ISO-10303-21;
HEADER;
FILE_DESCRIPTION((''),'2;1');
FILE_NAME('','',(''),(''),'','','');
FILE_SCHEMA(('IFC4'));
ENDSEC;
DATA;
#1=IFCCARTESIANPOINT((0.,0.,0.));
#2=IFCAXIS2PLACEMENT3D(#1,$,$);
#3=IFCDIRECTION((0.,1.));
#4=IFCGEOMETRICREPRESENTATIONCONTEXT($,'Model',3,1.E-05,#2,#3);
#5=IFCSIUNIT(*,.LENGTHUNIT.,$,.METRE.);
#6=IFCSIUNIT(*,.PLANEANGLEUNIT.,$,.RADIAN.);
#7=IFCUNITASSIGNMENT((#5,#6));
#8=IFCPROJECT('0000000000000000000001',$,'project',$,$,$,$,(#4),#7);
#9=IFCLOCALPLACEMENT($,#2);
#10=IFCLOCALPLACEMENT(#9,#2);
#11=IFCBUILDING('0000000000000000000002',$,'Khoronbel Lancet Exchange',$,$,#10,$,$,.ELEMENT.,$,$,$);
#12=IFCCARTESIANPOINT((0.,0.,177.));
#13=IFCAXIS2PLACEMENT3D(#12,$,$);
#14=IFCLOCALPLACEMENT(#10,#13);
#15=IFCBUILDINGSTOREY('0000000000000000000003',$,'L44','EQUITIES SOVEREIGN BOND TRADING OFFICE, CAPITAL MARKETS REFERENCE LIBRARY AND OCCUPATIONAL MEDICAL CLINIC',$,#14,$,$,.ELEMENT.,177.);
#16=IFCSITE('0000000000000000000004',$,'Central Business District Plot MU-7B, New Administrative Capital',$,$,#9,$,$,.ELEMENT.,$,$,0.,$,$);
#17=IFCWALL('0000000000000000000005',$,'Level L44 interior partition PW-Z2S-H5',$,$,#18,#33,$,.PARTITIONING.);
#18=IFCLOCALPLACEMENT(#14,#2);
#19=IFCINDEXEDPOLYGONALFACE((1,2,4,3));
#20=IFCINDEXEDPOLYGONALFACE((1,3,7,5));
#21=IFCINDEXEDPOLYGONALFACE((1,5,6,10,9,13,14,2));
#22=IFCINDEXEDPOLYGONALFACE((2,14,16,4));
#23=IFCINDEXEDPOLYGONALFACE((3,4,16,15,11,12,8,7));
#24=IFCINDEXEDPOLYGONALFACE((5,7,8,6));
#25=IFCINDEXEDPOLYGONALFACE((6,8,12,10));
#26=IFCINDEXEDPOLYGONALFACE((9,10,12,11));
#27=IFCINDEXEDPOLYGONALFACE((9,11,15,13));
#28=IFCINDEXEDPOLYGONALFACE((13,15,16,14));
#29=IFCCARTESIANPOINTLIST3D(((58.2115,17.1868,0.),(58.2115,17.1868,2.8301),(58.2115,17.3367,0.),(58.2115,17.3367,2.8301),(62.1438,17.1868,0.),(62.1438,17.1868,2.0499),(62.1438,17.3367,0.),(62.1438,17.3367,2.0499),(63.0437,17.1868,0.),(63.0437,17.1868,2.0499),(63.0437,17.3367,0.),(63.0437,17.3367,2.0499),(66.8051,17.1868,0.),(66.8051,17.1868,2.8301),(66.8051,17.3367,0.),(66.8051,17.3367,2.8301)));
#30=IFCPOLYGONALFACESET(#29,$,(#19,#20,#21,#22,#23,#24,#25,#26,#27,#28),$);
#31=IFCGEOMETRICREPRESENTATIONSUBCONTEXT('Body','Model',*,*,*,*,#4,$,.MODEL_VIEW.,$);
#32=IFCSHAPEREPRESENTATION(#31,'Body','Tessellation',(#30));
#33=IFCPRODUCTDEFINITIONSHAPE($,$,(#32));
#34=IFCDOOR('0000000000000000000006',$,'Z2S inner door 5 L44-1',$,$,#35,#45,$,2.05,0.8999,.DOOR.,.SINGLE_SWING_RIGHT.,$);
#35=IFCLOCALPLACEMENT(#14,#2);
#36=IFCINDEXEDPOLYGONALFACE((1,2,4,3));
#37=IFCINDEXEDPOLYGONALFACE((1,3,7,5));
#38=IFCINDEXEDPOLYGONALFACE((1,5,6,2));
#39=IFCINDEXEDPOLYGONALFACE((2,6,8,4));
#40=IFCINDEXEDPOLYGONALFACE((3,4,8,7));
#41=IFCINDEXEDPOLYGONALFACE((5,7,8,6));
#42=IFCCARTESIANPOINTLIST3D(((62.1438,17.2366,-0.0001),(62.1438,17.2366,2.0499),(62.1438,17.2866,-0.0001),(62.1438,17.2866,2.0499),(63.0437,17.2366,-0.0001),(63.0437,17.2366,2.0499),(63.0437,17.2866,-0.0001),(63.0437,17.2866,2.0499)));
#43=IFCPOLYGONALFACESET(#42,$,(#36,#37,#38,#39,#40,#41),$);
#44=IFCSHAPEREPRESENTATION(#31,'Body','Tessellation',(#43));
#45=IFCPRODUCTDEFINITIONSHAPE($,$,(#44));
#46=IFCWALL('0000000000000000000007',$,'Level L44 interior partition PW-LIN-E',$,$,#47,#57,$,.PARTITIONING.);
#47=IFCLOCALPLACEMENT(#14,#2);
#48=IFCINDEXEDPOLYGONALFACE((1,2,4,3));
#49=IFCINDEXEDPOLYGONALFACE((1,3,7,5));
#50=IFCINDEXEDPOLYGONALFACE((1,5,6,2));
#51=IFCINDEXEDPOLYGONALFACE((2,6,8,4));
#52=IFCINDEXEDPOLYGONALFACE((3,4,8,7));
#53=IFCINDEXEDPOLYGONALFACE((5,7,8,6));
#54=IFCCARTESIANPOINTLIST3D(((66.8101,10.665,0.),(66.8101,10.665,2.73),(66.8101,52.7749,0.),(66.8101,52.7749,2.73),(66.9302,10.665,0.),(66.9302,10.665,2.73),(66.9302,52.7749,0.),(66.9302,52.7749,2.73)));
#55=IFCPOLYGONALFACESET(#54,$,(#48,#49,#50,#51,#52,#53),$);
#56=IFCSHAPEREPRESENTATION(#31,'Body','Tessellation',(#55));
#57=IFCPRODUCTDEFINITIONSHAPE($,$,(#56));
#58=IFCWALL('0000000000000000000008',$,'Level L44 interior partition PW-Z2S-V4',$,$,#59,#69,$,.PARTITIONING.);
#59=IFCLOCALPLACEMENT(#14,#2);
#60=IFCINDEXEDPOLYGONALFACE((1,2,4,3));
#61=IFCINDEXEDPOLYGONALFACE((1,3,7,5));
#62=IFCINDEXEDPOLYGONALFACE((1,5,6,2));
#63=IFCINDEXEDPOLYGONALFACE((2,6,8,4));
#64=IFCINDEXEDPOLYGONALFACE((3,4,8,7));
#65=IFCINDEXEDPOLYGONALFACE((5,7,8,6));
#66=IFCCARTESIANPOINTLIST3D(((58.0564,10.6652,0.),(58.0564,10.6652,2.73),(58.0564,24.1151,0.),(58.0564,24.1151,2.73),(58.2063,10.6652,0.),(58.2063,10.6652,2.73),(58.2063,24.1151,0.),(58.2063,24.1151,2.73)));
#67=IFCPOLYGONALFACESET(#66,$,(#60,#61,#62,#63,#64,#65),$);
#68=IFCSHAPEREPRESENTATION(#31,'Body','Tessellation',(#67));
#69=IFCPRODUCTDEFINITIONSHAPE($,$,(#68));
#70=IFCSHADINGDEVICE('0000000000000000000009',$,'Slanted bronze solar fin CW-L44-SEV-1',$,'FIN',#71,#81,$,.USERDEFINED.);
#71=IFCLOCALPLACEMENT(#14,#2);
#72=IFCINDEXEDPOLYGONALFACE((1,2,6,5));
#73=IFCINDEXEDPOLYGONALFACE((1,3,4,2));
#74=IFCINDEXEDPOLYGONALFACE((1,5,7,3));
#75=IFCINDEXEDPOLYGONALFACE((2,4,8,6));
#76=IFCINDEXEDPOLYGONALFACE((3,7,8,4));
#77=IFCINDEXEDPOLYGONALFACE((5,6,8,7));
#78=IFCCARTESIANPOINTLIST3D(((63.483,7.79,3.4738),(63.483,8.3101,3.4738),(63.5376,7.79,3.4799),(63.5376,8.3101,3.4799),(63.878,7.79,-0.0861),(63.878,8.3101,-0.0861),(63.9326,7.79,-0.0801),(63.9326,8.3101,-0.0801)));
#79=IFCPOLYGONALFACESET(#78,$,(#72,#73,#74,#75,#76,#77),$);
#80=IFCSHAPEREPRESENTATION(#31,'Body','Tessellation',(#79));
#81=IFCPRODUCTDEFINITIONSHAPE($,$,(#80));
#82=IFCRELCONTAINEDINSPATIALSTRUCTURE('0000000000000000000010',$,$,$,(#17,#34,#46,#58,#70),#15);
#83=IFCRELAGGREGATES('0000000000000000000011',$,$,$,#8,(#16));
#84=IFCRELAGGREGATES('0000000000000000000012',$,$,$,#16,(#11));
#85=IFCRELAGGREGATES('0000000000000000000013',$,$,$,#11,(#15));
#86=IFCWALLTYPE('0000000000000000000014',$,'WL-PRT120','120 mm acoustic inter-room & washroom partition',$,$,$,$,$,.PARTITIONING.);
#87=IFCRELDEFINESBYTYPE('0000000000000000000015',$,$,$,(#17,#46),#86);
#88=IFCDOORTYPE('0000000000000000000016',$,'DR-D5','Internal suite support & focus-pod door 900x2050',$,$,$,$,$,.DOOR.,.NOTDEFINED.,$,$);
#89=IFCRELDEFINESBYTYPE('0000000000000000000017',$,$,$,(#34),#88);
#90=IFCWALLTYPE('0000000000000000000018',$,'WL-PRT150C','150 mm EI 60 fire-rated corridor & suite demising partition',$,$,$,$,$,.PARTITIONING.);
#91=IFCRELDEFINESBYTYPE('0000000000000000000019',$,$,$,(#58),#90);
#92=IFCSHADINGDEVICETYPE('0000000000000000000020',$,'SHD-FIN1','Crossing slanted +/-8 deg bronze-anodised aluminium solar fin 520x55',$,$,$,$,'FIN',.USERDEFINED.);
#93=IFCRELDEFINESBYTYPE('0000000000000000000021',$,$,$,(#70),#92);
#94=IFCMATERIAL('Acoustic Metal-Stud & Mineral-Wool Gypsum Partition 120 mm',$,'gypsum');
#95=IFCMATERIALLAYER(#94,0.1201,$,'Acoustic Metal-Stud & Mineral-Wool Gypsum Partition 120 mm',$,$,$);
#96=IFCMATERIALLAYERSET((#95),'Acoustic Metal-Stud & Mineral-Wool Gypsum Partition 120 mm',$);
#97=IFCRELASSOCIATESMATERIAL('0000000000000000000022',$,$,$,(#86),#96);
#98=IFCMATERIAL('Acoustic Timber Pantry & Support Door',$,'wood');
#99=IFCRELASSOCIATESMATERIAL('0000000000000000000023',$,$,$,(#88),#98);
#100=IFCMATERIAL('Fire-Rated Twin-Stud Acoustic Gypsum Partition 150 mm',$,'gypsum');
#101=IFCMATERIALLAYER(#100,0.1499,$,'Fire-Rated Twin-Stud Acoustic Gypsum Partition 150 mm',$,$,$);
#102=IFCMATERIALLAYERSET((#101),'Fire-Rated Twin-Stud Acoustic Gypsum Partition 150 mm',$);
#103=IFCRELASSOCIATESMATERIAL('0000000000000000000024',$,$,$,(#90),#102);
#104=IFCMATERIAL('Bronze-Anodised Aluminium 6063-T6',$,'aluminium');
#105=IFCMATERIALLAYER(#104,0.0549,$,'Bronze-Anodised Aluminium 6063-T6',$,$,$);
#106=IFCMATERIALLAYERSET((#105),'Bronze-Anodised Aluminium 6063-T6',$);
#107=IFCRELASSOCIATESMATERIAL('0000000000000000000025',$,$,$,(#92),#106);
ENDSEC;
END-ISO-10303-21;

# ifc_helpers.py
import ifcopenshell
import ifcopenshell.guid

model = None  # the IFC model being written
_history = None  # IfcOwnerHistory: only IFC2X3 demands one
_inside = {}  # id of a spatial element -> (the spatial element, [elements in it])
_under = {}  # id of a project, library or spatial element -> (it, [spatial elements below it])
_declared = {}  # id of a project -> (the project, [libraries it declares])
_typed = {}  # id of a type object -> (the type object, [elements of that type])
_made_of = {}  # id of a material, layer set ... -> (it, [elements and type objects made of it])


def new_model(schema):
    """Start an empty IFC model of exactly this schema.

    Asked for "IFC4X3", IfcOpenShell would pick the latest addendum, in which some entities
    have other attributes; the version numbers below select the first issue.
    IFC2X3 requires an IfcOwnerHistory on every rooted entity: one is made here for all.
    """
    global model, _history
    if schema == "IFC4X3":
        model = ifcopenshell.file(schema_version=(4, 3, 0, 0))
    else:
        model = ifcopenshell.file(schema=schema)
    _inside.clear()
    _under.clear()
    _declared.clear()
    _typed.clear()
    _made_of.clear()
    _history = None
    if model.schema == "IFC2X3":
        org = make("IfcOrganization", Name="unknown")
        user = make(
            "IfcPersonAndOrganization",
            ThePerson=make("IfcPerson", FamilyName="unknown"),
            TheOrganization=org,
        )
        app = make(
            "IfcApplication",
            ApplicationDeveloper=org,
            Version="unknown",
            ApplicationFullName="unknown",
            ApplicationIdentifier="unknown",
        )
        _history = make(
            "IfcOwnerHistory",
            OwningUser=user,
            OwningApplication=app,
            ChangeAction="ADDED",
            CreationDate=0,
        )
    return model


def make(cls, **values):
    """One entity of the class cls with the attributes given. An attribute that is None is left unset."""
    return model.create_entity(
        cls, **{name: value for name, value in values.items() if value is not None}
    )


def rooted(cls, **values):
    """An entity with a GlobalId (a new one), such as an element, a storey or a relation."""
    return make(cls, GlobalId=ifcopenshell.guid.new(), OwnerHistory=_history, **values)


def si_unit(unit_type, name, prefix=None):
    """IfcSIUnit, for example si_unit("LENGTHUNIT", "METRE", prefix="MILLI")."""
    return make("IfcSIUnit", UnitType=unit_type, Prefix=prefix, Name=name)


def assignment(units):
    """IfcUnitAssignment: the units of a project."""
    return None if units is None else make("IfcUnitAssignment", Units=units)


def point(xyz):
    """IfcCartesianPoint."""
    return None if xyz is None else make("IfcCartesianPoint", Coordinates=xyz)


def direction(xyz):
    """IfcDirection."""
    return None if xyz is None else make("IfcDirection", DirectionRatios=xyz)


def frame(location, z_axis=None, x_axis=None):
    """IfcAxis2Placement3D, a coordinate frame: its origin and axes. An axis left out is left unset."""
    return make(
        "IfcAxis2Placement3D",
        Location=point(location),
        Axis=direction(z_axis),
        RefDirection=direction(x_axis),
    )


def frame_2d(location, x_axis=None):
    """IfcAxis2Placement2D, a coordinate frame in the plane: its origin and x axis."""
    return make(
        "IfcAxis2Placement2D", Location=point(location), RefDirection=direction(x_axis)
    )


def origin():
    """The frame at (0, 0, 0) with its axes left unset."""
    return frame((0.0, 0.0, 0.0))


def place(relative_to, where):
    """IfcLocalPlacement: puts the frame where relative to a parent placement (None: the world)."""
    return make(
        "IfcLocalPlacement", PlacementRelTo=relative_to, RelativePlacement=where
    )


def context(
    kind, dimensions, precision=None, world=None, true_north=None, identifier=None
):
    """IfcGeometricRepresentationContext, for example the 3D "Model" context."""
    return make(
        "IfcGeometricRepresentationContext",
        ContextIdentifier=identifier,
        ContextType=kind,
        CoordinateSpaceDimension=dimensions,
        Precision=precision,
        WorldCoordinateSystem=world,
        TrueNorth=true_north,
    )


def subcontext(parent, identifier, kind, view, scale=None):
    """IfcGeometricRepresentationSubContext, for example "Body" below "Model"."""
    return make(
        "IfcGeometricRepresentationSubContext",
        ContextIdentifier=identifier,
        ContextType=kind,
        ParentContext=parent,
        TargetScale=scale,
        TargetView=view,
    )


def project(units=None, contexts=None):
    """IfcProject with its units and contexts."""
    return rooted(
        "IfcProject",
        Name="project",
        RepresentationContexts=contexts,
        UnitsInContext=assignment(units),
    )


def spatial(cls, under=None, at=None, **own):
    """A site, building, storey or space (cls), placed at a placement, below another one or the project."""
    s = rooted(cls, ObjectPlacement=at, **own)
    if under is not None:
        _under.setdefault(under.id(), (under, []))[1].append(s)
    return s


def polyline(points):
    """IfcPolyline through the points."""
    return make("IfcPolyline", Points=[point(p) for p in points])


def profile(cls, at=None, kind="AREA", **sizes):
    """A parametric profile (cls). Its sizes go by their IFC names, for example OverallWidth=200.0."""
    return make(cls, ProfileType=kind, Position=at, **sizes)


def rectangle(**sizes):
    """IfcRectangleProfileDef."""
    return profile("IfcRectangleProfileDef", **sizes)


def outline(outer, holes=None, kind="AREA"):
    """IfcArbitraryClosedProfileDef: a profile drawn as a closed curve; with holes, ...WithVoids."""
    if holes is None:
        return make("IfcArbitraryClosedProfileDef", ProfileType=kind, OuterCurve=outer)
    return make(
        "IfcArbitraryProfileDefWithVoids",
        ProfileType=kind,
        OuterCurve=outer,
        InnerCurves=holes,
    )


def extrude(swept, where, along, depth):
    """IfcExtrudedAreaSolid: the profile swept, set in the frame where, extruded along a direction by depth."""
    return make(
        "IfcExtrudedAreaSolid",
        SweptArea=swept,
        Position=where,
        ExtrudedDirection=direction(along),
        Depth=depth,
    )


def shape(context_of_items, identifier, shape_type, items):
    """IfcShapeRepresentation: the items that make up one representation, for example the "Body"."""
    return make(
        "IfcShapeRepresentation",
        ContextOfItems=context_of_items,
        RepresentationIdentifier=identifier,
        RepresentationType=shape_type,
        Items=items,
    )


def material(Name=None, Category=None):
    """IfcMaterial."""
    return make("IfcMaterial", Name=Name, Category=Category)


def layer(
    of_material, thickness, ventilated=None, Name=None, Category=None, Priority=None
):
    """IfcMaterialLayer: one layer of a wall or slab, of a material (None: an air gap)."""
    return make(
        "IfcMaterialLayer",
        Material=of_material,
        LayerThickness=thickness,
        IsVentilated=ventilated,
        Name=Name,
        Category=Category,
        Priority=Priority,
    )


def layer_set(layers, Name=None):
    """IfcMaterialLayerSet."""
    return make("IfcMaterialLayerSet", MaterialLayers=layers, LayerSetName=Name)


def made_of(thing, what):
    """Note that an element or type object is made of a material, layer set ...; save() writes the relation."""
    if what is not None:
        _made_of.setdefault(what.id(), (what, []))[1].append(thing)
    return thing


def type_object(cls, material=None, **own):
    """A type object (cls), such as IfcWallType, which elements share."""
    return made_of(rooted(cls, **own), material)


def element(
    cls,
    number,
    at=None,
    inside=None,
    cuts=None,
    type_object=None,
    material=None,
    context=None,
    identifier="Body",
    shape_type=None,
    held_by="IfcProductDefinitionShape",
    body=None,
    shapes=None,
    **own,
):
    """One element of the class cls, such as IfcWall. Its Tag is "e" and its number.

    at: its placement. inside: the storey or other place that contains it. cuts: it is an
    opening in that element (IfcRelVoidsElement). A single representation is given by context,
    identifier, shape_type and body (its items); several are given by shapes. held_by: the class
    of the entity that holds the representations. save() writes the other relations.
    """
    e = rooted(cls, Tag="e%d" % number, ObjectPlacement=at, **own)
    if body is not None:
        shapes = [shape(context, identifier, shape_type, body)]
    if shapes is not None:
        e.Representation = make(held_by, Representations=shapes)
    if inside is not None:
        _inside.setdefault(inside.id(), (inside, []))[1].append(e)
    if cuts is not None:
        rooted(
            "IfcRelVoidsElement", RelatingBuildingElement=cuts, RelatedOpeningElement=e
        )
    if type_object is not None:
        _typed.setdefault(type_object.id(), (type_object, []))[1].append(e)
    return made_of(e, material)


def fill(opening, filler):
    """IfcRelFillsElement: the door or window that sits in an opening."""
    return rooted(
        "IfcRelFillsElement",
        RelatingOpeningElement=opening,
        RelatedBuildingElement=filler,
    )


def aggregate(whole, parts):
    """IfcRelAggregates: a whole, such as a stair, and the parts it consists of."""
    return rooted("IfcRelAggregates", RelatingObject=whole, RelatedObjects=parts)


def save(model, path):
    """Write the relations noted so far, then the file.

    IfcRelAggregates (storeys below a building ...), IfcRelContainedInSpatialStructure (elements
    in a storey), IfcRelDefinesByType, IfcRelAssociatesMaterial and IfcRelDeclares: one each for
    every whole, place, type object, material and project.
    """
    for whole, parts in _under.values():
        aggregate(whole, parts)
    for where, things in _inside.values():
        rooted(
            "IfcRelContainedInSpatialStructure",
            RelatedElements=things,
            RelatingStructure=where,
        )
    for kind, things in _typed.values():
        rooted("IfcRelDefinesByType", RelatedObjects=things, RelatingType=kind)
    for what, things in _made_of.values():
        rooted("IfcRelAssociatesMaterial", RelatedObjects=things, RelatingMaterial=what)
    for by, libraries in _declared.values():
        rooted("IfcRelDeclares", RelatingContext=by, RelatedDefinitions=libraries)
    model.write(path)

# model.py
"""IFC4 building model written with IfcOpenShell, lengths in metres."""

from ifc_helpers import new_model, si_unit, direction, frame, frame_2d, origin, place, context, subcontext, project, spatial, polyline, rectangle, outline, extrude, material, layer, layer_set, type_object, element, fill, save


model = new_model("IFC4")

# Units and contexts
model_context = context("Model", 3, precision=1e-05, world=origin(), true_north=direction((0.0, 1.0)))
body_context = subcontext(model_context, "Body", "Model", "MODEL_VIEW")
ifc_project = project(units=[si_unit("LENGTHUNIT", "METRE"), si_unit("PLANEANGLEUNIT", "RADIAN")], contexts=[model_context])

# Site, building, storey
site_placement = place(None, origin())
site = spatial("IfcSite", under=ifc_project, at=site_placement, Name="Central Business District Plot MU-7B, New Administrative Capital", CompositionType="ELEMENT", RefElevation=0.0)
building_placement = place(site_placement, origin())
building = spatial("IfcBuilding", under=site, at=building_placement, Name="Khoronbel Lancet Exchange", CompositionType="ELEMENT")
storey_placement = place(building_placement, frame((0.0, 0.0, 177.0)))
storey = spatial("IfcBuildingStorey", under=building, at=storey_placement, Name="L44", Description="EQUITIES SOVEREIGN BOND TRADING OFFICE, CAPITAL MARKETS REFERENCE LIBRARY AND OCCUPATIONAL MEDICAL CLINIC", CompositionType="ELEMENT", Elevation=177.0)

# Shared definitions
ifc_material_1 = material(Name="Bronze-Anodised Aluminium 6063-T6", Category="aluminium")

# Wall, opening, door
ifc_material_2 = material(Name="Acoustic Metal-Stud & Mineral-Wool Gypsum Partition 120 mm", Category="gypsum")
ifc_layer_1 = layer(ifc_material_2, 0.1201, Name="Acoustic Metal-Stud & Mineral-Wool Gypsum Partition 120 mm")
ifc_layer_set_1 = layer_set([ifc_layer_1], Name="Acoustic Metal-Stud & Mineral-Wool Gypsum Partition 120 mm")
wall_type_1 = type_object("IfcWallType", Name="WL-PRT120", Description="120 mm acoustic inter-room & washroom partition", PredefinedType="PARTITIONING", material=ifc_layer_set_1)
wall_1_placement = place(storey_placement, frame((58.2114, 17.2617, 0.0), z_axis=(0.0, 0.0, 1.0), x_axis=(1.0, 0.0, 0.0)))
wall_1 = element("IfcWall", 1, at=wall_1_placement, inside=storey, type_object=wall_type_1, Name="Level L44 interior partition PW-Z2S-H5", PredefinedType="PARTITIONING", context=body_context, shape_type="SweptSolid", body=[
    extrude(rectangle(XDim=8.5935, YDim=0.1499, at=frame_2d((4.2969, 0.0))), origin(), (0.0, 0.0, 1.0), 2.8301),
])
opening_placement = place(wall_1_placement, frame((3.9324, 0.0, 0.0)))
opening = element("IfcOpeningElement", 2, at=opening_placement, cuts=wall_1, PredefinedType="OPENING", context=body_context, shape_type="SweptSolid", body=[
    extrude(rectangle(XDim=0.8999, YDim=2.05, at=frame_2d((0.45, 1.0249))), frame((0.0, 0.085, 0.0), z_axis=(0.0, -1.0, 0.0), x_axis=(1.0, 0.0, 0.0)), (0.0, 0.0, 1.0), 0.1699),
])
ifc_material_3 = material(Name="Acoustic Timber Pantry & Support Door", Category="wood")
door_type = type_object("IfcDoorType", Name="DR-D5", Description="Internal suite support & focus-pod door 900x2050", OperationType="NOTDEFINED", PredefinedType="DOOR", material=ifc_material_3)
door_placement = place(opening_placement, origin())
door = element("IfcDoor", 3, at=door_placement, inside=storey, type_object=door_type, Name="Z2S inner door 5 L44-1", OperationType="SINGLE_SWING_RIGHT", OverallHeight=2.05, OverallWidth=0.8999, PredefinedType="DOOR", context=body_context, shape_type="SweptSolid", body=[
    extrude(rectangle(XDim=0.8999, YDim=2.05, at=frame_2d((0.45, 1.0249))), frame((0.0, 0.0249, 0.0), z_axis=(0.0, -1.0, 0.0), x_axis=(1.0, 0.0, 0.0)), (0.0, 0.0, 1.0), 0.05),
])
fill(opening, door)

# Walls
wall_2_placement = place(storey_placement, frame((66.8701, 10.665, 0.0), z_axis=(0.0, 0.0, 1.0), x_axis=(0.0, 1.0, 0.0)))
element("IfcWall", 4, at=wall_2_placement, inside=storey, type_object=wall_type_1, Name="Level L44 interior partition PW-LIN-E", PredefinedType="PARTITIONING", context=body_context, shape_type="SweptSolid", body=[
    extrude(rectangle(XDim=42.1099, YDim=0.1201, at=frame_2d((21.0549, 0.0))), origin(), (0.0, 0.0, 1.0), 2.73),
])
ifc_material_4 = material(Name="Fire-Rated Twin-Stud Acoustic Gypsum Partition 150 mm", Category="gypsum")
ifc_layer_2 = layer(ifc_material_4, 0.1499, Name="Fire-Rated Twin-Stud Acoustic Gypsum Partition 150 mm")
ifc_layer_set_2 = layer_set([ifc_layer_2], Name="Fire-Rated Twin-Stud Acoustic Gypsum Partition 150 mm")
wall_type_2 = type_object("IfcWallType", Name="WL-PRT150C", Description="150 mm EI 60 fire-rated corridor & suite demising partition", PredefinedType="PARTITIONING", material=ifc_layer_set_2)
wall_3_placement = place(storey_placement, frame((58.1313, 10.665, 0.0), z_axis=(0.0, 0.0, 1.0), x_axis=(0.0, 1.0, 0.0)))
element("IfcWall", 5, at=wall_3_placement, inside=storey, type_object=wall_type_2, Name="Level L44 interior partition PW-Z2S-V4", PredefinedType="PARTITIONING", context=body_context, shape_type="SweptSolid", body=[
    extrude(rectangle(XDim=13.45, YDim=0.1499, at=frame_2d((6.7251, 0.0))), origin(), (0.0, 0.0, 1.0), 2.73),
])

# Shading device
ifc_layer_3 = layer(ifc_material_1, 0.0549, Name="Bronze-Anodised Aluminium 6063-T6")
ifc_layer_set_3 = layer_set([ifc_layer_3], Name="Bronze-Anodised Aluminium 6063-T6")
shading_device_type = type_object("IfcShadingDeviceType", Name="SHD-FIN1", Description="Crossing slanted +/-8 deg bronze-anodised aluminium solar fin 520x55", ElementType="FIN", PredefinedType="USERDEFINED", material=ifc_layer_set_3)
shading_device_placement = place(storey_placement, frame((63.9326, 8.3101, -0.0801), z_axis=(0.9939, 0.0, 0.110282), x_axis=(0.0, -1.0, 0.0)))
element("IfcShadingDevice", 6, at=shading_device_placement, inside=storey, type_object=shading_device_type, Name="Slanted bronze solar fin CW-L44-SEV-1", ObjectType="FIN", PredefinedType="USERDEFINED", context=body_context, shape_type="SweptSolid", body=[
    extrude(outline(polyline([(0.0, 0.0), (0.52, 0.0), (0.52, -3.5818), (0.0, -3.5818), (0.0, 0.0)])), origin(), (0.0, 0.0, -1.0), 0.0549),
])

save(model, "model.ifc")
